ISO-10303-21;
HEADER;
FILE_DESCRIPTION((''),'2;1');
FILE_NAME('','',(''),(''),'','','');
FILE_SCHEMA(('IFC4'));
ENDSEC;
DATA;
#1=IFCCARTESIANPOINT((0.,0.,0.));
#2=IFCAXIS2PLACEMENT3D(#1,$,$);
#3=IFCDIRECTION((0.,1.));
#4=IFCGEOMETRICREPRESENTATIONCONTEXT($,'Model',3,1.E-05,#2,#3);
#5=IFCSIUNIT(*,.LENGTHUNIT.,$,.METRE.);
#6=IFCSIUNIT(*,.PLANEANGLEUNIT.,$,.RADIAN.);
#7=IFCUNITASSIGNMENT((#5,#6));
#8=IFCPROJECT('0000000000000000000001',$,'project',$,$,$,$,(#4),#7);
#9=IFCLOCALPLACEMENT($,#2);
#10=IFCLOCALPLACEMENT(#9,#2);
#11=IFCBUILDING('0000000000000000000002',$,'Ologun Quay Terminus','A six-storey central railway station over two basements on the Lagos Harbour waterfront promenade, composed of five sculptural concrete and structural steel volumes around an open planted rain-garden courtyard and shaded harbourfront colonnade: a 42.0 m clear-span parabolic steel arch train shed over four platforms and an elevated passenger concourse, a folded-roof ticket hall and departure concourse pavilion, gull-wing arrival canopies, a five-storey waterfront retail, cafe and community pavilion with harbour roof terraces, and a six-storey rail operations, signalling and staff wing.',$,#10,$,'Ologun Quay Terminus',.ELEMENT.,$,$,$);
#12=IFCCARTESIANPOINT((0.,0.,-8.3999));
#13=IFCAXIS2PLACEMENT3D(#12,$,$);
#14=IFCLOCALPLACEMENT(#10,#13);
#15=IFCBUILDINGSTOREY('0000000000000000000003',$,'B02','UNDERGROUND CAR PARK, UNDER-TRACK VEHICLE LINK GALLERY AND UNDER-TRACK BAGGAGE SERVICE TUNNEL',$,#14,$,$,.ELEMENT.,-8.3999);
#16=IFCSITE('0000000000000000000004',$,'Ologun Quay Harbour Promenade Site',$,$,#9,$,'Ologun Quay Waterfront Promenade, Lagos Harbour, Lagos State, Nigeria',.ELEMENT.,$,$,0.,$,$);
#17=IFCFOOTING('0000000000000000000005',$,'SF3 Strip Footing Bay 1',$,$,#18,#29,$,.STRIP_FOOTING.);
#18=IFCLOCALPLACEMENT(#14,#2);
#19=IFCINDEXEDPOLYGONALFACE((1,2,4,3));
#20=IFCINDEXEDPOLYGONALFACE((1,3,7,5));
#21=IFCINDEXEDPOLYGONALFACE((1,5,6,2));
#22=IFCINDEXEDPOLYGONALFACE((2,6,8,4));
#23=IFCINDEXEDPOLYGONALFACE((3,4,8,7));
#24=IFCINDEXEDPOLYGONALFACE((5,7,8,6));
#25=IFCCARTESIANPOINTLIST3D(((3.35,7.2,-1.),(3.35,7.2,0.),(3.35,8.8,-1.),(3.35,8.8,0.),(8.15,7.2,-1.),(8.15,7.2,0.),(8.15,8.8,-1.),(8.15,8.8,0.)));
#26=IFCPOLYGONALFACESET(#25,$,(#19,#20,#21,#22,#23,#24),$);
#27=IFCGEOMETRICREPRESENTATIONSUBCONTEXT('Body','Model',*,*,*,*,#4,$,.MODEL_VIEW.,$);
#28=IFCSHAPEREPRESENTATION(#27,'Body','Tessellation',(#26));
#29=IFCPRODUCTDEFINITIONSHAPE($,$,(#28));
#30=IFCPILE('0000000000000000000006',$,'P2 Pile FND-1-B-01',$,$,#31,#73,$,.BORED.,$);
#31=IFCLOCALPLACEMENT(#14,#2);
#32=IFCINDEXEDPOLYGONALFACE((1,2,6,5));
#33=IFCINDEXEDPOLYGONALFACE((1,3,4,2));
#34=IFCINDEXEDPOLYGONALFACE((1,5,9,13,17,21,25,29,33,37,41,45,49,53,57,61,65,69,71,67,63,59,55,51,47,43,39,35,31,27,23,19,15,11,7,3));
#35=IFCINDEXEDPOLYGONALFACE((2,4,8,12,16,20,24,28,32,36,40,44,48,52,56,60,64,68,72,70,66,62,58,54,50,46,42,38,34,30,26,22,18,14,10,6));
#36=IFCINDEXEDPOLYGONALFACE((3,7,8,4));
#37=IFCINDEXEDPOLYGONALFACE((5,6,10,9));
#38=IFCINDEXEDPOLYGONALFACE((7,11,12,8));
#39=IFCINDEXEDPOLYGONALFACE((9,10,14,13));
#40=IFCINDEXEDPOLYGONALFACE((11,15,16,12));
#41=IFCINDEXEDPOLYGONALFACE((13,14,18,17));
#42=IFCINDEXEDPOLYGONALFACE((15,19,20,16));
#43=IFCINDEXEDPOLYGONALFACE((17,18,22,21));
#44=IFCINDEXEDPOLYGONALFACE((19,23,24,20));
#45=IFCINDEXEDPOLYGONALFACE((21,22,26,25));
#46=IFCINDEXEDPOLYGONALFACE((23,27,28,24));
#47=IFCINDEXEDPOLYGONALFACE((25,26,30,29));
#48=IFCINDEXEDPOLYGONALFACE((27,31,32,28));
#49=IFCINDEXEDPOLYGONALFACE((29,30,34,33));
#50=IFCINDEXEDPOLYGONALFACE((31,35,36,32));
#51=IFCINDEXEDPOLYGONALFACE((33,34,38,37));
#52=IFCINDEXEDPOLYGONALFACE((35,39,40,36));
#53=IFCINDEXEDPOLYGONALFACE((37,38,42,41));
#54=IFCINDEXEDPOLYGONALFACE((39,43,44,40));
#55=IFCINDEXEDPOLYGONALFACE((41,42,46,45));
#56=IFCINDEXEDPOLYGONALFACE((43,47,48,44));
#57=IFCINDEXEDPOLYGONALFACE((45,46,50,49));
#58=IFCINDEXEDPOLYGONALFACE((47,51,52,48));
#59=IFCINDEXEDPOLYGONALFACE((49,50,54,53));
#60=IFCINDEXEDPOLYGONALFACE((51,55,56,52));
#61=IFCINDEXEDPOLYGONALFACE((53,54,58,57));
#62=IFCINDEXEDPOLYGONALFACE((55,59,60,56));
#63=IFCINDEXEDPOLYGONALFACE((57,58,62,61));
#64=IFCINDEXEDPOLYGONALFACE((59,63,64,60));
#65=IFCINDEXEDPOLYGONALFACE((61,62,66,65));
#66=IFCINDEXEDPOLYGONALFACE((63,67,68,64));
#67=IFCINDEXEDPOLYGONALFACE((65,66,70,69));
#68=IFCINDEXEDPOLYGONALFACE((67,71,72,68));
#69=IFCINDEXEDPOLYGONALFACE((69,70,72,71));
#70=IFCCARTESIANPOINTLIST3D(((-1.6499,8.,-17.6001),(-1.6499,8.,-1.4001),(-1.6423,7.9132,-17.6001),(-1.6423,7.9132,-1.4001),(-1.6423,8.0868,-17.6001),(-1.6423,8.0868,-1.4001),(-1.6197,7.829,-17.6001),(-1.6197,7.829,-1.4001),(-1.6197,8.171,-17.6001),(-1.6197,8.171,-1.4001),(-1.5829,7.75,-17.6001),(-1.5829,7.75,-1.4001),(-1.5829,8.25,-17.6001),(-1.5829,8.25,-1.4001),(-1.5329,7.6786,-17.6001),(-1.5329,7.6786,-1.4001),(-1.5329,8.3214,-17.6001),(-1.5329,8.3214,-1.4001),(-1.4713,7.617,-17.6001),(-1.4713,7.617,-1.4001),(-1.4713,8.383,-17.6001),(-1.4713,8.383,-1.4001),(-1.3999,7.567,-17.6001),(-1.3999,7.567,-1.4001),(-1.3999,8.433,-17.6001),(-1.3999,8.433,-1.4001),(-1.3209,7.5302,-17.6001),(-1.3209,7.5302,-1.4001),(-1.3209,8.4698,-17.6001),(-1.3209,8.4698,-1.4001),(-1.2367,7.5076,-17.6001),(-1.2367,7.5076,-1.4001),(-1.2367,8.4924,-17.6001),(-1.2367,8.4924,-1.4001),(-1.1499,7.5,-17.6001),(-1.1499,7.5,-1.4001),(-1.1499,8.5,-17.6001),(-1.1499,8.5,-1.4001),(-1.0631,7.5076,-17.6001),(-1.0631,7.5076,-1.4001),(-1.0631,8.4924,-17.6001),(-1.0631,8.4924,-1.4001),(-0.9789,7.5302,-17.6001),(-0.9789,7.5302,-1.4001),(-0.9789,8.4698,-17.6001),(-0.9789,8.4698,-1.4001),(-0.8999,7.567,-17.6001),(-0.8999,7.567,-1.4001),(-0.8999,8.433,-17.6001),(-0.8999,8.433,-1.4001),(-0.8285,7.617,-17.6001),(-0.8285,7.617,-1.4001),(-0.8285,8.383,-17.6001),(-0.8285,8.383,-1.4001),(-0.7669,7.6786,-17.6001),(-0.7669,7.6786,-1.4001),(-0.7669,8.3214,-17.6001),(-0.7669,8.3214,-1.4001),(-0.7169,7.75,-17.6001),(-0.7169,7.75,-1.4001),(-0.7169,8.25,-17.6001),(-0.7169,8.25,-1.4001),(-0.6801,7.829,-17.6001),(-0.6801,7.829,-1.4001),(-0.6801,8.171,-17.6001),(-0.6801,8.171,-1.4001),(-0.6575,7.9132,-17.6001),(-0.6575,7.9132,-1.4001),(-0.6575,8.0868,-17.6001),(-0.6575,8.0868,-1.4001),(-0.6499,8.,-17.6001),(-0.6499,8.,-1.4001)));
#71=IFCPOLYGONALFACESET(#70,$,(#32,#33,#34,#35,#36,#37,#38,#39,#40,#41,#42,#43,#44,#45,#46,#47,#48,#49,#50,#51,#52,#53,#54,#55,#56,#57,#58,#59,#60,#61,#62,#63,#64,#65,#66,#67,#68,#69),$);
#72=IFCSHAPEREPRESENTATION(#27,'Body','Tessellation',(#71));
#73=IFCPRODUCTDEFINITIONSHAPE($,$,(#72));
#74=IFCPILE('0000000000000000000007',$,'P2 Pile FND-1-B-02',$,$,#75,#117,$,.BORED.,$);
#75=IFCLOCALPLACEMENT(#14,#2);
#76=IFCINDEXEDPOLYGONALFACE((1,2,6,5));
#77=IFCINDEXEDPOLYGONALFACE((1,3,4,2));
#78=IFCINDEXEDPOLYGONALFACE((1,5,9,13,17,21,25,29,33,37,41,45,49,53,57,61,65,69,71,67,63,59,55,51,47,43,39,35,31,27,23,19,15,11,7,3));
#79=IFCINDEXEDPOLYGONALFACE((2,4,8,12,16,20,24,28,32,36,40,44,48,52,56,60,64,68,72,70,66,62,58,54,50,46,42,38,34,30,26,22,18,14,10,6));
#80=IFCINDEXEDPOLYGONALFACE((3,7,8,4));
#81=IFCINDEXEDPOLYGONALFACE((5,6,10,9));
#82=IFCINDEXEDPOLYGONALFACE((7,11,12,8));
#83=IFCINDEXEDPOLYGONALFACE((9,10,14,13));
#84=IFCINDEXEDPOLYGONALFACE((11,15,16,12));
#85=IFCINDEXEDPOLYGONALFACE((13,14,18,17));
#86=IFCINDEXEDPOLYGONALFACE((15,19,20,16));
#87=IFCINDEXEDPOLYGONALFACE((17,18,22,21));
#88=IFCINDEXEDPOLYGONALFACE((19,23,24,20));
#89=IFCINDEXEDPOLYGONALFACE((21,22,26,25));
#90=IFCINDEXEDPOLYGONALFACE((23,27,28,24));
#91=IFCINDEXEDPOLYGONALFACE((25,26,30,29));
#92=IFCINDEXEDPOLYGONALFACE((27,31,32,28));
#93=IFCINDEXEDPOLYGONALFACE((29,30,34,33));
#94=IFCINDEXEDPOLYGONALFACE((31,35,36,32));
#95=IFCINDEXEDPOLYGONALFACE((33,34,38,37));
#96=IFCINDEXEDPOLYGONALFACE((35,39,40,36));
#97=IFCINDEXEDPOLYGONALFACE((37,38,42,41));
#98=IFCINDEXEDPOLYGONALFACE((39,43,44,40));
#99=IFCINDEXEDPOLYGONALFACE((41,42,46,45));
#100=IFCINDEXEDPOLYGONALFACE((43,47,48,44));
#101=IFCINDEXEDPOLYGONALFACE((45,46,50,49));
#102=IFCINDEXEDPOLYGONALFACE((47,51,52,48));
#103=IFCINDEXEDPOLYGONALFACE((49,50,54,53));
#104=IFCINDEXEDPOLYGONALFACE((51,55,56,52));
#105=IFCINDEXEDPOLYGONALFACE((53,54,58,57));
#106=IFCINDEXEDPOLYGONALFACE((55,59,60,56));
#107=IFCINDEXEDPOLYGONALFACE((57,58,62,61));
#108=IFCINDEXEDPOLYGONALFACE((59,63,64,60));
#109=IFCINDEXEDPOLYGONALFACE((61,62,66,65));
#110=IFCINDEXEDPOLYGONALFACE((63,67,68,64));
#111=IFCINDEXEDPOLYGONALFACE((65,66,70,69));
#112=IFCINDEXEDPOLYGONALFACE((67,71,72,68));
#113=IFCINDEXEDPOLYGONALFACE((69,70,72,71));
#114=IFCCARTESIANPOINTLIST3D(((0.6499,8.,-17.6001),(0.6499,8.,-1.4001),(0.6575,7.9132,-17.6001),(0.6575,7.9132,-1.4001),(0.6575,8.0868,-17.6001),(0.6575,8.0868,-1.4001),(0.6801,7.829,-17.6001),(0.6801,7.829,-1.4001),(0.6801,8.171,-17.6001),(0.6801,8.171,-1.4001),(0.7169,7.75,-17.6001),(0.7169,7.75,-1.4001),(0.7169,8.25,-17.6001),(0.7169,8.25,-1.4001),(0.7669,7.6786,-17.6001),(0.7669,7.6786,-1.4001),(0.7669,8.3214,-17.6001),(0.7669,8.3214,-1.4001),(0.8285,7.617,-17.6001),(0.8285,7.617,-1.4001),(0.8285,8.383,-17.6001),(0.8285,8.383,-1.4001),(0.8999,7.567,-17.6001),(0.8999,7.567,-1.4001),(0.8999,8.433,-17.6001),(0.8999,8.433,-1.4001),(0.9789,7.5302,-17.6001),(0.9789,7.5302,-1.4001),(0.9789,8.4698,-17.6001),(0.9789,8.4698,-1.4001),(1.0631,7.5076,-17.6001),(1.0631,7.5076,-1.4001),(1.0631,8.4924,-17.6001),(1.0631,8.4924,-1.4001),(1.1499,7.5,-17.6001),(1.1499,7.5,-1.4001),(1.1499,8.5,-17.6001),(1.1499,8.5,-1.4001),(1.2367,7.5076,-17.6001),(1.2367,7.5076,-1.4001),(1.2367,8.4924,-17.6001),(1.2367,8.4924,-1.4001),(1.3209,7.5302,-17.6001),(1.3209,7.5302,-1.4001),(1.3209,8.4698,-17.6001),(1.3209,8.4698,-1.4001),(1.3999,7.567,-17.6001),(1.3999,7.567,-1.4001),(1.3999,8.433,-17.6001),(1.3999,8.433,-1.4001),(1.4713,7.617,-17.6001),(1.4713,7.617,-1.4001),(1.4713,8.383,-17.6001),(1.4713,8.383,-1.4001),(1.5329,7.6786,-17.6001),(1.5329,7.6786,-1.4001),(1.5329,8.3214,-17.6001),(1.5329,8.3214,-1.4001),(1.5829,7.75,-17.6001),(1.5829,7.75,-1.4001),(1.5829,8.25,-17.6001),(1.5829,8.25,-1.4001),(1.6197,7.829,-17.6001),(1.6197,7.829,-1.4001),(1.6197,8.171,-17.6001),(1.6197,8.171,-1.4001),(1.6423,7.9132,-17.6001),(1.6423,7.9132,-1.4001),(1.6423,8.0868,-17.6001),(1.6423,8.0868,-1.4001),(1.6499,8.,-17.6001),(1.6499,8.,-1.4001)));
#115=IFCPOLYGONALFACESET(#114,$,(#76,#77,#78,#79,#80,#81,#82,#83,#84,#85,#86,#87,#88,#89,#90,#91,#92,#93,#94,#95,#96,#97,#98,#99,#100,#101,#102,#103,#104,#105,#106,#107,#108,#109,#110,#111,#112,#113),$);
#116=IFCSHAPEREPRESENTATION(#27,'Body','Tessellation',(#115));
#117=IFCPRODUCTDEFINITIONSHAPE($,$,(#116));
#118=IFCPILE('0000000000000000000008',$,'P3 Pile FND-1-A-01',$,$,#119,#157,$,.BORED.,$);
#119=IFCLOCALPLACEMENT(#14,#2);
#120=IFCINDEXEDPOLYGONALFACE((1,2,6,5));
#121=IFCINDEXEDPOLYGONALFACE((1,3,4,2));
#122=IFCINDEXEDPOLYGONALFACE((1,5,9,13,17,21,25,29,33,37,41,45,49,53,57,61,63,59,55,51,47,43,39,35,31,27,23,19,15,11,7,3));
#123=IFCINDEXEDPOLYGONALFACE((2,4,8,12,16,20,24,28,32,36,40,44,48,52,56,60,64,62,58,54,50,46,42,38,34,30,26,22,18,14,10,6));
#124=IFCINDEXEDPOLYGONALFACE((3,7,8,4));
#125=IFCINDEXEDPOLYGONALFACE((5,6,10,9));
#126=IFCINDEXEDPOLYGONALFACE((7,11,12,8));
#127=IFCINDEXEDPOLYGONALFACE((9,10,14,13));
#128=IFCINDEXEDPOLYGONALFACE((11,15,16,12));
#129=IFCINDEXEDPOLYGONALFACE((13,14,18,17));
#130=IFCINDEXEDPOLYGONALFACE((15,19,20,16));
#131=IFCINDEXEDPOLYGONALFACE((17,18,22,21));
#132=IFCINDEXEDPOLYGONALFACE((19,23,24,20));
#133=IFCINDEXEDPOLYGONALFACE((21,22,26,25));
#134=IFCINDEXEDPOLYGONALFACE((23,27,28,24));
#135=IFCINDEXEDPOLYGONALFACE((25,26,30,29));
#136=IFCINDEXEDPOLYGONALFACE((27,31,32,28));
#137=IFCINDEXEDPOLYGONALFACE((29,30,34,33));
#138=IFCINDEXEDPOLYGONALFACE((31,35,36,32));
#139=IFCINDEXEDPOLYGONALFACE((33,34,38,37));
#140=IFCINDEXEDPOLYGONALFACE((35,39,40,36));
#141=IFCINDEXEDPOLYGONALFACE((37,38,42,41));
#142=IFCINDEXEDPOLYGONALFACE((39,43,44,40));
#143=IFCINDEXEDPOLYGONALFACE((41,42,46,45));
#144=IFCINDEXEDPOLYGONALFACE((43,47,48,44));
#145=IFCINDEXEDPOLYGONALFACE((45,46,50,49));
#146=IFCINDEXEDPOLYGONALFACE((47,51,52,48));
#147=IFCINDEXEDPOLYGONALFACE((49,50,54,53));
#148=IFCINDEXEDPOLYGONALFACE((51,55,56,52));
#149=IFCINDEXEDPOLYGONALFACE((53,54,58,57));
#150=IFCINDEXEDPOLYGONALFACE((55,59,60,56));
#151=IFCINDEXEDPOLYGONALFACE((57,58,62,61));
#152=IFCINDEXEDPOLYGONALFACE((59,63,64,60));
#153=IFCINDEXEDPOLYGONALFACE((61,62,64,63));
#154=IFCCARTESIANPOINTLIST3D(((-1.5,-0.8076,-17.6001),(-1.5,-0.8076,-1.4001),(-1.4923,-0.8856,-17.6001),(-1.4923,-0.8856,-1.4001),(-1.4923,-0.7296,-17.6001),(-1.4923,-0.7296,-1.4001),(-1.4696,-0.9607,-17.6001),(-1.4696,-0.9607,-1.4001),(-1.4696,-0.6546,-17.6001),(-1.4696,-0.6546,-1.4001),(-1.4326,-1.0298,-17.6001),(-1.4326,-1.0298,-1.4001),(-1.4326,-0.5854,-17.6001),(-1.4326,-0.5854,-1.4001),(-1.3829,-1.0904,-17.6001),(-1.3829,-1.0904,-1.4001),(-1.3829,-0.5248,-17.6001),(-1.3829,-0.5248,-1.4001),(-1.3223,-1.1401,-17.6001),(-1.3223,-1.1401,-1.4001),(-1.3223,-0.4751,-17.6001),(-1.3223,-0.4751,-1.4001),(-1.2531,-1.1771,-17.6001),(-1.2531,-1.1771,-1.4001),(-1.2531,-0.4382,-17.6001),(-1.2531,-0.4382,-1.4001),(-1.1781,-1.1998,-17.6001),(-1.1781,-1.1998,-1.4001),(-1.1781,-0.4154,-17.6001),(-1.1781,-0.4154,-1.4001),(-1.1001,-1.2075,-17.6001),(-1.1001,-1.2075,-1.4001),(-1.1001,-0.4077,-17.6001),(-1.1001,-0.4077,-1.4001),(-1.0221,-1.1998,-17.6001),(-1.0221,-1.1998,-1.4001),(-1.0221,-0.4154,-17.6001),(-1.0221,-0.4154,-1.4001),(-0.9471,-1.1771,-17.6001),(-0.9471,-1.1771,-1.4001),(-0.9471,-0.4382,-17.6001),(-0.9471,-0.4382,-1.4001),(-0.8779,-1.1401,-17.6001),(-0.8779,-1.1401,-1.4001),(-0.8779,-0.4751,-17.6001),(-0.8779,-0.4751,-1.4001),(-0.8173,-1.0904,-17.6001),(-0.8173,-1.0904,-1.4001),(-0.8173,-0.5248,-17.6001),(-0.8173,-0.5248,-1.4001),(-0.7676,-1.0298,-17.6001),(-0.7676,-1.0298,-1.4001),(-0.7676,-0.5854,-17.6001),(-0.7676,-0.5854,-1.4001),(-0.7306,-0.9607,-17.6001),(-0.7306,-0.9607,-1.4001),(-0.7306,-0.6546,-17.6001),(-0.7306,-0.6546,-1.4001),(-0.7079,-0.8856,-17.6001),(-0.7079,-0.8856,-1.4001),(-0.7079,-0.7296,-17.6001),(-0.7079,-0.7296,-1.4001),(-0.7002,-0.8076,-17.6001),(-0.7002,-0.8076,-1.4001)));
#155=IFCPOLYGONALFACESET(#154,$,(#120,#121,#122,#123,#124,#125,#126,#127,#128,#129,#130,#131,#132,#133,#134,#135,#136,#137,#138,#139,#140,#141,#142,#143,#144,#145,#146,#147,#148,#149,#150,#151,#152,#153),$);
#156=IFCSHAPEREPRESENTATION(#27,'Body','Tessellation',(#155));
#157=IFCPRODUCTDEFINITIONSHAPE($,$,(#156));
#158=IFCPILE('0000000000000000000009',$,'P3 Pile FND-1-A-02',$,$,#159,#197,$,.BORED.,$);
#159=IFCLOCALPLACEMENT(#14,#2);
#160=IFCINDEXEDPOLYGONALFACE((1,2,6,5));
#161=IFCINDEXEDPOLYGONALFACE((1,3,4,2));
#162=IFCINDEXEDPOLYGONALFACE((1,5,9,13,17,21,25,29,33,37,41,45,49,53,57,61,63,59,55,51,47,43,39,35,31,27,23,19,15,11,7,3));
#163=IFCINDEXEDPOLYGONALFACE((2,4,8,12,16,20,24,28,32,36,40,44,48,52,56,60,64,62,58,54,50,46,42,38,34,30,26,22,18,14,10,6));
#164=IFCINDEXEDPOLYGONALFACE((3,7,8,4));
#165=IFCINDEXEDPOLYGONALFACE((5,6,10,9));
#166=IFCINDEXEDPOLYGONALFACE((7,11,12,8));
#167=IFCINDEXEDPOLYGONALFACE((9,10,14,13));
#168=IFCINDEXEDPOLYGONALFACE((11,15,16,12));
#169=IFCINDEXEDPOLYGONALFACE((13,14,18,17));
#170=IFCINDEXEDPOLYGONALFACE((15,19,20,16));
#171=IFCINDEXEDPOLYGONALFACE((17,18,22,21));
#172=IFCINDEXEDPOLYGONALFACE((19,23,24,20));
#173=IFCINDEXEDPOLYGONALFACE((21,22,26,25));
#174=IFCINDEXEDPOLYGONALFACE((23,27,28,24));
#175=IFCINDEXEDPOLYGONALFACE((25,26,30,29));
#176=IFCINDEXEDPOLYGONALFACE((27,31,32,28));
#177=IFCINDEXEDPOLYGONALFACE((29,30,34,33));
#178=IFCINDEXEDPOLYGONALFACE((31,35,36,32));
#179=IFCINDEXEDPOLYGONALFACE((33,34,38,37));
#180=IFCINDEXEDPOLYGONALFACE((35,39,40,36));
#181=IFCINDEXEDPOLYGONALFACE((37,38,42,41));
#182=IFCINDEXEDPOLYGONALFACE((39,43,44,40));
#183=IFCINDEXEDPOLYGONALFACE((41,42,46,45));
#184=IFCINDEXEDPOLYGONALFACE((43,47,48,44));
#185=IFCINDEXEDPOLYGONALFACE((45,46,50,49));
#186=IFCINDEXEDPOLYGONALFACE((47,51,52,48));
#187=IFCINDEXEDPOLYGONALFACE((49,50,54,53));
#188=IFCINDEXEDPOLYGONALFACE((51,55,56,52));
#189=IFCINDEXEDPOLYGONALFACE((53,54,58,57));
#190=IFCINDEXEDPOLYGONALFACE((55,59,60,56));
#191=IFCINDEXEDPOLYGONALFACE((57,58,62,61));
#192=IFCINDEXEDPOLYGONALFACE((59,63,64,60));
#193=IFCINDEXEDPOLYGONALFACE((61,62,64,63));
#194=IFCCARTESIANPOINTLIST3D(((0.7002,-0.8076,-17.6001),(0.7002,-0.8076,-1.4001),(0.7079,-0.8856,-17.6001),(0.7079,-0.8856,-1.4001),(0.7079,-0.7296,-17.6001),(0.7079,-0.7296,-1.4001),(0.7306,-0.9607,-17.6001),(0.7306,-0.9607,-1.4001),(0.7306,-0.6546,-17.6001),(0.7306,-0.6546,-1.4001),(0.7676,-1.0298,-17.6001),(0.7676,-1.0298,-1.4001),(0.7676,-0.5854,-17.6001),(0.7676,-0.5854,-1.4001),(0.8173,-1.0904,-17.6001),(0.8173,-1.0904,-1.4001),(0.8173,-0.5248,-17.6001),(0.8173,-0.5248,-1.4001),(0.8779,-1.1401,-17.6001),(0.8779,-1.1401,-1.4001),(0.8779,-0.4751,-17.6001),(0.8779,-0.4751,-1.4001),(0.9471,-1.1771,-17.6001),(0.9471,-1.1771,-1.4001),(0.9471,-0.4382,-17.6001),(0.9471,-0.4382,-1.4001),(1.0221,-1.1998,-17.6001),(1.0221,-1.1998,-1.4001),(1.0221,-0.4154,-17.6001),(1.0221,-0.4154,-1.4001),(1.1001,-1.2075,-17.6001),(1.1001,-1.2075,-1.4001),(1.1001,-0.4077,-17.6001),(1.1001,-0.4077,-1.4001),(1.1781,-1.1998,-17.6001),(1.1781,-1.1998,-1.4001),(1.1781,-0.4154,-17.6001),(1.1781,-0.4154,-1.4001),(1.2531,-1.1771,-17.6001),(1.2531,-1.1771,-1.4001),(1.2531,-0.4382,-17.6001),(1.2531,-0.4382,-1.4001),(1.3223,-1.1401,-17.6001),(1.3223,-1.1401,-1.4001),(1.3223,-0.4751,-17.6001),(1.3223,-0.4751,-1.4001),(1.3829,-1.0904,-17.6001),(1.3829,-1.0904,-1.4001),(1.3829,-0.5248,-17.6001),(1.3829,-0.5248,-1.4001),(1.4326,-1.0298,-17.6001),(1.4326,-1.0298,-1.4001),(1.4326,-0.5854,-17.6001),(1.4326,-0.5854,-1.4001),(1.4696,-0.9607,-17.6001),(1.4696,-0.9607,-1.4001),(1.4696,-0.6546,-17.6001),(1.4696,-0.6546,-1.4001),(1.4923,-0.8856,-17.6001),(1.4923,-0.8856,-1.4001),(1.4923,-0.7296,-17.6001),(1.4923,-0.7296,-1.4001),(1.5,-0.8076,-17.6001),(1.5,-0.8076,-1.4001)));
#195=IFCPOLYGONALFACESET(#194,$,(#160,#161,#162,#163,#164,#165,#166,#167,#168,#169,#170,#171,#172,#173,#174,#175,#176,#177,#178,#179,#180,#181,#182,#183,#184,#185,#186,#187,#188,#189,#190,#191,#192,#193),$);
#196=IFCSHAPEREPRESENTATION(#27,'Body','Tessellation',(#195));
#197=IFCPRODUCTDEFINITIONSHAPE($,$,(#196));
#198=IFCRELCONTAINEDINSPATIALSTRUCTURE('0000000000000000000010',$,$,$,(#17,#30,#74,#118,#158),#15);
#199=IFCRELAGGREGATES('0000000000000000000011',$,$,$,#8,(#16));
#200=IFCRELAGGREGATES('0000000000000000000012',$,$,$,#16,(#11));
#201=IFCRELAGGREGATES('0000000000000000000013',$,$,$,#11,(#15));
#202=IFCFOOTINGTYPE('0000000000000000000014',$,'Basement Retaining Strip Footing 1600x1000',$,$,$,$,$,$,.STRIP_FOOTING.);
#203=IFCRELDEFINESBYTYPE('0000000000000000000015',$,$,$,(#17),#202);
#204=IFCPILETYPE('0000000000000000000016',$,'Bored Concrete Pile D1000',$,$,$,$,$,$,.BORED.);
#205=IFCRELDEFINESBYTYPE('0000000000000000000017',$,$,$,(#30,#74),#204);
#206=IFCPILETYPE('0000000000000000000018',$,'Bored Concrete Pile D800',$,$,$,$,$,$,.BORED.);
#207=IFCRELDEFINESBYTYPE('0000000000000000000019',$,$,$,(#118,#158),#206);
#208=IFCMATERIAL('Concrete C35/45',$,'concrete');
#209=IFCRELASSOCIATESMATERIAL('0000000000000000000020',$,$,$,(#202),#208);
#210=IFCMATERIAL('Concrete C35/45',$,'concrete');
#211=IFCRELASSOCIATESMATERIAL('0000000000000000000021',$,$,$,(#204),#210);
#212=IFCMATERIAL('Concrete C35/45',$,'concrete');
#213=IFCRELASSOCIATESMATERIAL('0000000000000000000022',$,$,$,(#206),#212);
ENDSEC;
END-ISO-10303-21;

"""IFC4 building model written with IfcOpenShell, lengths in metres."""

from ifc_helpers import new_model, si_unit, direction, frame, origin, origin_2d, place, context, subcontext, project, spatial, rectangle, circle, extrude, material, material_profile, profile_set, type_object, element, save


model = new_model("IFC4")

# Units and contexts
model_context = context("Model", 3, precision=1e-05, world=origin(), true_north=direction((0.0, 1.0)))
body_context = subcontext(model_context, "Body", "Model", "MODEL_VIEW")
ifc_project = project(units=[si_unit("LENGTHUNIT", "METRE"), si_unit("PLANEANGLEUNIT", "RADIAN")], contexts=[model_context])

# Site, building, storey
site_placement = place(None, origin())
site = spatial("IfcSite", under=ifc_project, at=site_placement, Name="Ologun Quay Harbour Promenade Site", LongName="Ologun Quay Waterfront Promenade, Lagos Harbour, Lagos State, Nigeria", CompositionType="ELEMENT", RefElevation=0.0)
building_placement = place(site_placement, origin())
building = spatial("IfcBuilding", under=site, at=building_placement, Name="Ologun Quay Terminus", Description="A six-storey central railway station over two basements on the Lagos Harbour waterfront promenade, composed of five sculptural concrete and structural steel volumes around an open planted rain-garden courtyard and shaded harbourfront colonnade: a 42.0 m clear-span parabolic steel arch train shed over four platforms and an elevated passenger concourse, a folded-roof ticket hall and departure concourse pavilion, gull-wing arrival canopies, a five-storey waterfront retail, cafe and community pavilion with harbour roof terraces, and a six-storey rail operations, signalling and staff wing.", LongName="Ologun Quay Terminus", CompositionType="ELEMENT")
storey_placement = place(building_placement, frame((0.0, 0.0, -8.3999)))
storey = spatial("IfcBuildingStorey", under=building, at=storey_placement, Name="B02", Description="UNDERGROUND CAR PARK, UNDER-TRACK VEHICLE LINK GALLERY AND UNDER-TRACK BAGGAGE SERVICE TUNNEL", CompositionType="ELEMENT", Elevation=-8.3999)

# Footing
ifc_material_1 = material(Name="Concrete C35/45", Category="concrete")
footing_type_1 = type_object("IfcFootingType", Name="Basement Retaining Strip Footing 1600x1000", PredefinedType="STRIP_FOOTING", material=ifc_material_1)
footing_1_placement = place(storey_placement, frame((5.75, 8.0, -1.0), z_axis=(0.0, 0.0, 1.0), x_axis=(1.0, 0.0, 0.0)))
element("IfcFooting", 1, at=footing_1_placement, inside=storey, type_object=footing_type_1, Name="SF3 Strip Footing Bay 1", PredefinedType="STRIP_FOOTING", context=body_context, shape_type="SweptSolid", body=[
    extrude(rectangle(XDim=4.8, YDim=1.6001, at=origin_2d()), origin(), (0.0, 0.0, 1.0), 1.0),
])

# Piles
ifc_material_2 = material(Name="Concrete C35/45", Category="concrete")
ifc_material_profile_1 = material_profile(ifc_material_2, circle(Radius=0.5, at=origin_2d()), Name="PILE D1000")
ifc_profile_set_1 = profile_set([ifc_material_profile_1], Name="Concrete C35/45")
pile_type_1 = type_object("IfcPileType", Name="Bored Concrete Pile D1000", PredefinedType="BORED", material=ifc_profile_set_1)
for number, where, z_axis, x_axis, name in (
    (2, (-1.1499, 8.0, -1.4001), (0.0, 0.0, -1.0), (1.0, 0.0, 0.0), "P2 Pile FND-1-B-01"),
    (3, (1.1499, 8.0, -1.4001), (0.0, 0.0, -1.0), (1.0, 0.0, 0.0), "P2 Pile FND-1-B-02"),
):
    element("IfcPile", number, at=place(storey_placement, frame(where, z_axis=z_axis, x_axis=x_axis)), inside=storey, type_object=pile_type_1, Name=name, PredefinedType="BORED", context=body_context, shape_type="SweptSolid", body=[
        extrude(circle(Radius=0.5, at=origin_2d()), origin(), (0.0, 0.0, 1.0), 16.2),
    ])
ifc_material_3 = material(Name="Concrete C35/45", Category="concrete")
ifc_material_profile_2 = material_profile(ifc_material_3, circle(Radius=0.3999, at=origin_2d()), Name="PILE D800")
ifc_profile_set_2 = profile_set([ifc_material_profile_2], Name="Concrete C35/45")
pile_type_2 = type_object("IfcPileType", Name="Bored Concrete Pile D800", PredefinedType="BORED", material=ifc_profile_set_2)
for number, where, z_axis, x_axis, name in (
    (4, (-1.1001, -0.8076, -1.4001), (0.0, 0.0, -1.0), (1.0, 0.0, 0.0), "P3 Pile FND-1-A-01"),
    (5, (1.1001, -0.8076, -1.4001), (0.0, 0.0, -1.0), (1.0, 0.0, 0.0), "P3 Pile FND-1-A-02"),
):
    element("IfcPile", number, at=place(storey_placement, frame(where, z_axis=z_axis, x_axis=x_axis)), inside=storey, type_object=pile_type_2, Name=name, PredefinedType="BORED", context=body_context, shape_type="SweptSolid", body=[
        extrude(circle(Radius=0.3999, at=origin_2d()), origin(), (0.0, 0.0, 1.0), 16.2),
    ])

save(model, "model.ifc")
